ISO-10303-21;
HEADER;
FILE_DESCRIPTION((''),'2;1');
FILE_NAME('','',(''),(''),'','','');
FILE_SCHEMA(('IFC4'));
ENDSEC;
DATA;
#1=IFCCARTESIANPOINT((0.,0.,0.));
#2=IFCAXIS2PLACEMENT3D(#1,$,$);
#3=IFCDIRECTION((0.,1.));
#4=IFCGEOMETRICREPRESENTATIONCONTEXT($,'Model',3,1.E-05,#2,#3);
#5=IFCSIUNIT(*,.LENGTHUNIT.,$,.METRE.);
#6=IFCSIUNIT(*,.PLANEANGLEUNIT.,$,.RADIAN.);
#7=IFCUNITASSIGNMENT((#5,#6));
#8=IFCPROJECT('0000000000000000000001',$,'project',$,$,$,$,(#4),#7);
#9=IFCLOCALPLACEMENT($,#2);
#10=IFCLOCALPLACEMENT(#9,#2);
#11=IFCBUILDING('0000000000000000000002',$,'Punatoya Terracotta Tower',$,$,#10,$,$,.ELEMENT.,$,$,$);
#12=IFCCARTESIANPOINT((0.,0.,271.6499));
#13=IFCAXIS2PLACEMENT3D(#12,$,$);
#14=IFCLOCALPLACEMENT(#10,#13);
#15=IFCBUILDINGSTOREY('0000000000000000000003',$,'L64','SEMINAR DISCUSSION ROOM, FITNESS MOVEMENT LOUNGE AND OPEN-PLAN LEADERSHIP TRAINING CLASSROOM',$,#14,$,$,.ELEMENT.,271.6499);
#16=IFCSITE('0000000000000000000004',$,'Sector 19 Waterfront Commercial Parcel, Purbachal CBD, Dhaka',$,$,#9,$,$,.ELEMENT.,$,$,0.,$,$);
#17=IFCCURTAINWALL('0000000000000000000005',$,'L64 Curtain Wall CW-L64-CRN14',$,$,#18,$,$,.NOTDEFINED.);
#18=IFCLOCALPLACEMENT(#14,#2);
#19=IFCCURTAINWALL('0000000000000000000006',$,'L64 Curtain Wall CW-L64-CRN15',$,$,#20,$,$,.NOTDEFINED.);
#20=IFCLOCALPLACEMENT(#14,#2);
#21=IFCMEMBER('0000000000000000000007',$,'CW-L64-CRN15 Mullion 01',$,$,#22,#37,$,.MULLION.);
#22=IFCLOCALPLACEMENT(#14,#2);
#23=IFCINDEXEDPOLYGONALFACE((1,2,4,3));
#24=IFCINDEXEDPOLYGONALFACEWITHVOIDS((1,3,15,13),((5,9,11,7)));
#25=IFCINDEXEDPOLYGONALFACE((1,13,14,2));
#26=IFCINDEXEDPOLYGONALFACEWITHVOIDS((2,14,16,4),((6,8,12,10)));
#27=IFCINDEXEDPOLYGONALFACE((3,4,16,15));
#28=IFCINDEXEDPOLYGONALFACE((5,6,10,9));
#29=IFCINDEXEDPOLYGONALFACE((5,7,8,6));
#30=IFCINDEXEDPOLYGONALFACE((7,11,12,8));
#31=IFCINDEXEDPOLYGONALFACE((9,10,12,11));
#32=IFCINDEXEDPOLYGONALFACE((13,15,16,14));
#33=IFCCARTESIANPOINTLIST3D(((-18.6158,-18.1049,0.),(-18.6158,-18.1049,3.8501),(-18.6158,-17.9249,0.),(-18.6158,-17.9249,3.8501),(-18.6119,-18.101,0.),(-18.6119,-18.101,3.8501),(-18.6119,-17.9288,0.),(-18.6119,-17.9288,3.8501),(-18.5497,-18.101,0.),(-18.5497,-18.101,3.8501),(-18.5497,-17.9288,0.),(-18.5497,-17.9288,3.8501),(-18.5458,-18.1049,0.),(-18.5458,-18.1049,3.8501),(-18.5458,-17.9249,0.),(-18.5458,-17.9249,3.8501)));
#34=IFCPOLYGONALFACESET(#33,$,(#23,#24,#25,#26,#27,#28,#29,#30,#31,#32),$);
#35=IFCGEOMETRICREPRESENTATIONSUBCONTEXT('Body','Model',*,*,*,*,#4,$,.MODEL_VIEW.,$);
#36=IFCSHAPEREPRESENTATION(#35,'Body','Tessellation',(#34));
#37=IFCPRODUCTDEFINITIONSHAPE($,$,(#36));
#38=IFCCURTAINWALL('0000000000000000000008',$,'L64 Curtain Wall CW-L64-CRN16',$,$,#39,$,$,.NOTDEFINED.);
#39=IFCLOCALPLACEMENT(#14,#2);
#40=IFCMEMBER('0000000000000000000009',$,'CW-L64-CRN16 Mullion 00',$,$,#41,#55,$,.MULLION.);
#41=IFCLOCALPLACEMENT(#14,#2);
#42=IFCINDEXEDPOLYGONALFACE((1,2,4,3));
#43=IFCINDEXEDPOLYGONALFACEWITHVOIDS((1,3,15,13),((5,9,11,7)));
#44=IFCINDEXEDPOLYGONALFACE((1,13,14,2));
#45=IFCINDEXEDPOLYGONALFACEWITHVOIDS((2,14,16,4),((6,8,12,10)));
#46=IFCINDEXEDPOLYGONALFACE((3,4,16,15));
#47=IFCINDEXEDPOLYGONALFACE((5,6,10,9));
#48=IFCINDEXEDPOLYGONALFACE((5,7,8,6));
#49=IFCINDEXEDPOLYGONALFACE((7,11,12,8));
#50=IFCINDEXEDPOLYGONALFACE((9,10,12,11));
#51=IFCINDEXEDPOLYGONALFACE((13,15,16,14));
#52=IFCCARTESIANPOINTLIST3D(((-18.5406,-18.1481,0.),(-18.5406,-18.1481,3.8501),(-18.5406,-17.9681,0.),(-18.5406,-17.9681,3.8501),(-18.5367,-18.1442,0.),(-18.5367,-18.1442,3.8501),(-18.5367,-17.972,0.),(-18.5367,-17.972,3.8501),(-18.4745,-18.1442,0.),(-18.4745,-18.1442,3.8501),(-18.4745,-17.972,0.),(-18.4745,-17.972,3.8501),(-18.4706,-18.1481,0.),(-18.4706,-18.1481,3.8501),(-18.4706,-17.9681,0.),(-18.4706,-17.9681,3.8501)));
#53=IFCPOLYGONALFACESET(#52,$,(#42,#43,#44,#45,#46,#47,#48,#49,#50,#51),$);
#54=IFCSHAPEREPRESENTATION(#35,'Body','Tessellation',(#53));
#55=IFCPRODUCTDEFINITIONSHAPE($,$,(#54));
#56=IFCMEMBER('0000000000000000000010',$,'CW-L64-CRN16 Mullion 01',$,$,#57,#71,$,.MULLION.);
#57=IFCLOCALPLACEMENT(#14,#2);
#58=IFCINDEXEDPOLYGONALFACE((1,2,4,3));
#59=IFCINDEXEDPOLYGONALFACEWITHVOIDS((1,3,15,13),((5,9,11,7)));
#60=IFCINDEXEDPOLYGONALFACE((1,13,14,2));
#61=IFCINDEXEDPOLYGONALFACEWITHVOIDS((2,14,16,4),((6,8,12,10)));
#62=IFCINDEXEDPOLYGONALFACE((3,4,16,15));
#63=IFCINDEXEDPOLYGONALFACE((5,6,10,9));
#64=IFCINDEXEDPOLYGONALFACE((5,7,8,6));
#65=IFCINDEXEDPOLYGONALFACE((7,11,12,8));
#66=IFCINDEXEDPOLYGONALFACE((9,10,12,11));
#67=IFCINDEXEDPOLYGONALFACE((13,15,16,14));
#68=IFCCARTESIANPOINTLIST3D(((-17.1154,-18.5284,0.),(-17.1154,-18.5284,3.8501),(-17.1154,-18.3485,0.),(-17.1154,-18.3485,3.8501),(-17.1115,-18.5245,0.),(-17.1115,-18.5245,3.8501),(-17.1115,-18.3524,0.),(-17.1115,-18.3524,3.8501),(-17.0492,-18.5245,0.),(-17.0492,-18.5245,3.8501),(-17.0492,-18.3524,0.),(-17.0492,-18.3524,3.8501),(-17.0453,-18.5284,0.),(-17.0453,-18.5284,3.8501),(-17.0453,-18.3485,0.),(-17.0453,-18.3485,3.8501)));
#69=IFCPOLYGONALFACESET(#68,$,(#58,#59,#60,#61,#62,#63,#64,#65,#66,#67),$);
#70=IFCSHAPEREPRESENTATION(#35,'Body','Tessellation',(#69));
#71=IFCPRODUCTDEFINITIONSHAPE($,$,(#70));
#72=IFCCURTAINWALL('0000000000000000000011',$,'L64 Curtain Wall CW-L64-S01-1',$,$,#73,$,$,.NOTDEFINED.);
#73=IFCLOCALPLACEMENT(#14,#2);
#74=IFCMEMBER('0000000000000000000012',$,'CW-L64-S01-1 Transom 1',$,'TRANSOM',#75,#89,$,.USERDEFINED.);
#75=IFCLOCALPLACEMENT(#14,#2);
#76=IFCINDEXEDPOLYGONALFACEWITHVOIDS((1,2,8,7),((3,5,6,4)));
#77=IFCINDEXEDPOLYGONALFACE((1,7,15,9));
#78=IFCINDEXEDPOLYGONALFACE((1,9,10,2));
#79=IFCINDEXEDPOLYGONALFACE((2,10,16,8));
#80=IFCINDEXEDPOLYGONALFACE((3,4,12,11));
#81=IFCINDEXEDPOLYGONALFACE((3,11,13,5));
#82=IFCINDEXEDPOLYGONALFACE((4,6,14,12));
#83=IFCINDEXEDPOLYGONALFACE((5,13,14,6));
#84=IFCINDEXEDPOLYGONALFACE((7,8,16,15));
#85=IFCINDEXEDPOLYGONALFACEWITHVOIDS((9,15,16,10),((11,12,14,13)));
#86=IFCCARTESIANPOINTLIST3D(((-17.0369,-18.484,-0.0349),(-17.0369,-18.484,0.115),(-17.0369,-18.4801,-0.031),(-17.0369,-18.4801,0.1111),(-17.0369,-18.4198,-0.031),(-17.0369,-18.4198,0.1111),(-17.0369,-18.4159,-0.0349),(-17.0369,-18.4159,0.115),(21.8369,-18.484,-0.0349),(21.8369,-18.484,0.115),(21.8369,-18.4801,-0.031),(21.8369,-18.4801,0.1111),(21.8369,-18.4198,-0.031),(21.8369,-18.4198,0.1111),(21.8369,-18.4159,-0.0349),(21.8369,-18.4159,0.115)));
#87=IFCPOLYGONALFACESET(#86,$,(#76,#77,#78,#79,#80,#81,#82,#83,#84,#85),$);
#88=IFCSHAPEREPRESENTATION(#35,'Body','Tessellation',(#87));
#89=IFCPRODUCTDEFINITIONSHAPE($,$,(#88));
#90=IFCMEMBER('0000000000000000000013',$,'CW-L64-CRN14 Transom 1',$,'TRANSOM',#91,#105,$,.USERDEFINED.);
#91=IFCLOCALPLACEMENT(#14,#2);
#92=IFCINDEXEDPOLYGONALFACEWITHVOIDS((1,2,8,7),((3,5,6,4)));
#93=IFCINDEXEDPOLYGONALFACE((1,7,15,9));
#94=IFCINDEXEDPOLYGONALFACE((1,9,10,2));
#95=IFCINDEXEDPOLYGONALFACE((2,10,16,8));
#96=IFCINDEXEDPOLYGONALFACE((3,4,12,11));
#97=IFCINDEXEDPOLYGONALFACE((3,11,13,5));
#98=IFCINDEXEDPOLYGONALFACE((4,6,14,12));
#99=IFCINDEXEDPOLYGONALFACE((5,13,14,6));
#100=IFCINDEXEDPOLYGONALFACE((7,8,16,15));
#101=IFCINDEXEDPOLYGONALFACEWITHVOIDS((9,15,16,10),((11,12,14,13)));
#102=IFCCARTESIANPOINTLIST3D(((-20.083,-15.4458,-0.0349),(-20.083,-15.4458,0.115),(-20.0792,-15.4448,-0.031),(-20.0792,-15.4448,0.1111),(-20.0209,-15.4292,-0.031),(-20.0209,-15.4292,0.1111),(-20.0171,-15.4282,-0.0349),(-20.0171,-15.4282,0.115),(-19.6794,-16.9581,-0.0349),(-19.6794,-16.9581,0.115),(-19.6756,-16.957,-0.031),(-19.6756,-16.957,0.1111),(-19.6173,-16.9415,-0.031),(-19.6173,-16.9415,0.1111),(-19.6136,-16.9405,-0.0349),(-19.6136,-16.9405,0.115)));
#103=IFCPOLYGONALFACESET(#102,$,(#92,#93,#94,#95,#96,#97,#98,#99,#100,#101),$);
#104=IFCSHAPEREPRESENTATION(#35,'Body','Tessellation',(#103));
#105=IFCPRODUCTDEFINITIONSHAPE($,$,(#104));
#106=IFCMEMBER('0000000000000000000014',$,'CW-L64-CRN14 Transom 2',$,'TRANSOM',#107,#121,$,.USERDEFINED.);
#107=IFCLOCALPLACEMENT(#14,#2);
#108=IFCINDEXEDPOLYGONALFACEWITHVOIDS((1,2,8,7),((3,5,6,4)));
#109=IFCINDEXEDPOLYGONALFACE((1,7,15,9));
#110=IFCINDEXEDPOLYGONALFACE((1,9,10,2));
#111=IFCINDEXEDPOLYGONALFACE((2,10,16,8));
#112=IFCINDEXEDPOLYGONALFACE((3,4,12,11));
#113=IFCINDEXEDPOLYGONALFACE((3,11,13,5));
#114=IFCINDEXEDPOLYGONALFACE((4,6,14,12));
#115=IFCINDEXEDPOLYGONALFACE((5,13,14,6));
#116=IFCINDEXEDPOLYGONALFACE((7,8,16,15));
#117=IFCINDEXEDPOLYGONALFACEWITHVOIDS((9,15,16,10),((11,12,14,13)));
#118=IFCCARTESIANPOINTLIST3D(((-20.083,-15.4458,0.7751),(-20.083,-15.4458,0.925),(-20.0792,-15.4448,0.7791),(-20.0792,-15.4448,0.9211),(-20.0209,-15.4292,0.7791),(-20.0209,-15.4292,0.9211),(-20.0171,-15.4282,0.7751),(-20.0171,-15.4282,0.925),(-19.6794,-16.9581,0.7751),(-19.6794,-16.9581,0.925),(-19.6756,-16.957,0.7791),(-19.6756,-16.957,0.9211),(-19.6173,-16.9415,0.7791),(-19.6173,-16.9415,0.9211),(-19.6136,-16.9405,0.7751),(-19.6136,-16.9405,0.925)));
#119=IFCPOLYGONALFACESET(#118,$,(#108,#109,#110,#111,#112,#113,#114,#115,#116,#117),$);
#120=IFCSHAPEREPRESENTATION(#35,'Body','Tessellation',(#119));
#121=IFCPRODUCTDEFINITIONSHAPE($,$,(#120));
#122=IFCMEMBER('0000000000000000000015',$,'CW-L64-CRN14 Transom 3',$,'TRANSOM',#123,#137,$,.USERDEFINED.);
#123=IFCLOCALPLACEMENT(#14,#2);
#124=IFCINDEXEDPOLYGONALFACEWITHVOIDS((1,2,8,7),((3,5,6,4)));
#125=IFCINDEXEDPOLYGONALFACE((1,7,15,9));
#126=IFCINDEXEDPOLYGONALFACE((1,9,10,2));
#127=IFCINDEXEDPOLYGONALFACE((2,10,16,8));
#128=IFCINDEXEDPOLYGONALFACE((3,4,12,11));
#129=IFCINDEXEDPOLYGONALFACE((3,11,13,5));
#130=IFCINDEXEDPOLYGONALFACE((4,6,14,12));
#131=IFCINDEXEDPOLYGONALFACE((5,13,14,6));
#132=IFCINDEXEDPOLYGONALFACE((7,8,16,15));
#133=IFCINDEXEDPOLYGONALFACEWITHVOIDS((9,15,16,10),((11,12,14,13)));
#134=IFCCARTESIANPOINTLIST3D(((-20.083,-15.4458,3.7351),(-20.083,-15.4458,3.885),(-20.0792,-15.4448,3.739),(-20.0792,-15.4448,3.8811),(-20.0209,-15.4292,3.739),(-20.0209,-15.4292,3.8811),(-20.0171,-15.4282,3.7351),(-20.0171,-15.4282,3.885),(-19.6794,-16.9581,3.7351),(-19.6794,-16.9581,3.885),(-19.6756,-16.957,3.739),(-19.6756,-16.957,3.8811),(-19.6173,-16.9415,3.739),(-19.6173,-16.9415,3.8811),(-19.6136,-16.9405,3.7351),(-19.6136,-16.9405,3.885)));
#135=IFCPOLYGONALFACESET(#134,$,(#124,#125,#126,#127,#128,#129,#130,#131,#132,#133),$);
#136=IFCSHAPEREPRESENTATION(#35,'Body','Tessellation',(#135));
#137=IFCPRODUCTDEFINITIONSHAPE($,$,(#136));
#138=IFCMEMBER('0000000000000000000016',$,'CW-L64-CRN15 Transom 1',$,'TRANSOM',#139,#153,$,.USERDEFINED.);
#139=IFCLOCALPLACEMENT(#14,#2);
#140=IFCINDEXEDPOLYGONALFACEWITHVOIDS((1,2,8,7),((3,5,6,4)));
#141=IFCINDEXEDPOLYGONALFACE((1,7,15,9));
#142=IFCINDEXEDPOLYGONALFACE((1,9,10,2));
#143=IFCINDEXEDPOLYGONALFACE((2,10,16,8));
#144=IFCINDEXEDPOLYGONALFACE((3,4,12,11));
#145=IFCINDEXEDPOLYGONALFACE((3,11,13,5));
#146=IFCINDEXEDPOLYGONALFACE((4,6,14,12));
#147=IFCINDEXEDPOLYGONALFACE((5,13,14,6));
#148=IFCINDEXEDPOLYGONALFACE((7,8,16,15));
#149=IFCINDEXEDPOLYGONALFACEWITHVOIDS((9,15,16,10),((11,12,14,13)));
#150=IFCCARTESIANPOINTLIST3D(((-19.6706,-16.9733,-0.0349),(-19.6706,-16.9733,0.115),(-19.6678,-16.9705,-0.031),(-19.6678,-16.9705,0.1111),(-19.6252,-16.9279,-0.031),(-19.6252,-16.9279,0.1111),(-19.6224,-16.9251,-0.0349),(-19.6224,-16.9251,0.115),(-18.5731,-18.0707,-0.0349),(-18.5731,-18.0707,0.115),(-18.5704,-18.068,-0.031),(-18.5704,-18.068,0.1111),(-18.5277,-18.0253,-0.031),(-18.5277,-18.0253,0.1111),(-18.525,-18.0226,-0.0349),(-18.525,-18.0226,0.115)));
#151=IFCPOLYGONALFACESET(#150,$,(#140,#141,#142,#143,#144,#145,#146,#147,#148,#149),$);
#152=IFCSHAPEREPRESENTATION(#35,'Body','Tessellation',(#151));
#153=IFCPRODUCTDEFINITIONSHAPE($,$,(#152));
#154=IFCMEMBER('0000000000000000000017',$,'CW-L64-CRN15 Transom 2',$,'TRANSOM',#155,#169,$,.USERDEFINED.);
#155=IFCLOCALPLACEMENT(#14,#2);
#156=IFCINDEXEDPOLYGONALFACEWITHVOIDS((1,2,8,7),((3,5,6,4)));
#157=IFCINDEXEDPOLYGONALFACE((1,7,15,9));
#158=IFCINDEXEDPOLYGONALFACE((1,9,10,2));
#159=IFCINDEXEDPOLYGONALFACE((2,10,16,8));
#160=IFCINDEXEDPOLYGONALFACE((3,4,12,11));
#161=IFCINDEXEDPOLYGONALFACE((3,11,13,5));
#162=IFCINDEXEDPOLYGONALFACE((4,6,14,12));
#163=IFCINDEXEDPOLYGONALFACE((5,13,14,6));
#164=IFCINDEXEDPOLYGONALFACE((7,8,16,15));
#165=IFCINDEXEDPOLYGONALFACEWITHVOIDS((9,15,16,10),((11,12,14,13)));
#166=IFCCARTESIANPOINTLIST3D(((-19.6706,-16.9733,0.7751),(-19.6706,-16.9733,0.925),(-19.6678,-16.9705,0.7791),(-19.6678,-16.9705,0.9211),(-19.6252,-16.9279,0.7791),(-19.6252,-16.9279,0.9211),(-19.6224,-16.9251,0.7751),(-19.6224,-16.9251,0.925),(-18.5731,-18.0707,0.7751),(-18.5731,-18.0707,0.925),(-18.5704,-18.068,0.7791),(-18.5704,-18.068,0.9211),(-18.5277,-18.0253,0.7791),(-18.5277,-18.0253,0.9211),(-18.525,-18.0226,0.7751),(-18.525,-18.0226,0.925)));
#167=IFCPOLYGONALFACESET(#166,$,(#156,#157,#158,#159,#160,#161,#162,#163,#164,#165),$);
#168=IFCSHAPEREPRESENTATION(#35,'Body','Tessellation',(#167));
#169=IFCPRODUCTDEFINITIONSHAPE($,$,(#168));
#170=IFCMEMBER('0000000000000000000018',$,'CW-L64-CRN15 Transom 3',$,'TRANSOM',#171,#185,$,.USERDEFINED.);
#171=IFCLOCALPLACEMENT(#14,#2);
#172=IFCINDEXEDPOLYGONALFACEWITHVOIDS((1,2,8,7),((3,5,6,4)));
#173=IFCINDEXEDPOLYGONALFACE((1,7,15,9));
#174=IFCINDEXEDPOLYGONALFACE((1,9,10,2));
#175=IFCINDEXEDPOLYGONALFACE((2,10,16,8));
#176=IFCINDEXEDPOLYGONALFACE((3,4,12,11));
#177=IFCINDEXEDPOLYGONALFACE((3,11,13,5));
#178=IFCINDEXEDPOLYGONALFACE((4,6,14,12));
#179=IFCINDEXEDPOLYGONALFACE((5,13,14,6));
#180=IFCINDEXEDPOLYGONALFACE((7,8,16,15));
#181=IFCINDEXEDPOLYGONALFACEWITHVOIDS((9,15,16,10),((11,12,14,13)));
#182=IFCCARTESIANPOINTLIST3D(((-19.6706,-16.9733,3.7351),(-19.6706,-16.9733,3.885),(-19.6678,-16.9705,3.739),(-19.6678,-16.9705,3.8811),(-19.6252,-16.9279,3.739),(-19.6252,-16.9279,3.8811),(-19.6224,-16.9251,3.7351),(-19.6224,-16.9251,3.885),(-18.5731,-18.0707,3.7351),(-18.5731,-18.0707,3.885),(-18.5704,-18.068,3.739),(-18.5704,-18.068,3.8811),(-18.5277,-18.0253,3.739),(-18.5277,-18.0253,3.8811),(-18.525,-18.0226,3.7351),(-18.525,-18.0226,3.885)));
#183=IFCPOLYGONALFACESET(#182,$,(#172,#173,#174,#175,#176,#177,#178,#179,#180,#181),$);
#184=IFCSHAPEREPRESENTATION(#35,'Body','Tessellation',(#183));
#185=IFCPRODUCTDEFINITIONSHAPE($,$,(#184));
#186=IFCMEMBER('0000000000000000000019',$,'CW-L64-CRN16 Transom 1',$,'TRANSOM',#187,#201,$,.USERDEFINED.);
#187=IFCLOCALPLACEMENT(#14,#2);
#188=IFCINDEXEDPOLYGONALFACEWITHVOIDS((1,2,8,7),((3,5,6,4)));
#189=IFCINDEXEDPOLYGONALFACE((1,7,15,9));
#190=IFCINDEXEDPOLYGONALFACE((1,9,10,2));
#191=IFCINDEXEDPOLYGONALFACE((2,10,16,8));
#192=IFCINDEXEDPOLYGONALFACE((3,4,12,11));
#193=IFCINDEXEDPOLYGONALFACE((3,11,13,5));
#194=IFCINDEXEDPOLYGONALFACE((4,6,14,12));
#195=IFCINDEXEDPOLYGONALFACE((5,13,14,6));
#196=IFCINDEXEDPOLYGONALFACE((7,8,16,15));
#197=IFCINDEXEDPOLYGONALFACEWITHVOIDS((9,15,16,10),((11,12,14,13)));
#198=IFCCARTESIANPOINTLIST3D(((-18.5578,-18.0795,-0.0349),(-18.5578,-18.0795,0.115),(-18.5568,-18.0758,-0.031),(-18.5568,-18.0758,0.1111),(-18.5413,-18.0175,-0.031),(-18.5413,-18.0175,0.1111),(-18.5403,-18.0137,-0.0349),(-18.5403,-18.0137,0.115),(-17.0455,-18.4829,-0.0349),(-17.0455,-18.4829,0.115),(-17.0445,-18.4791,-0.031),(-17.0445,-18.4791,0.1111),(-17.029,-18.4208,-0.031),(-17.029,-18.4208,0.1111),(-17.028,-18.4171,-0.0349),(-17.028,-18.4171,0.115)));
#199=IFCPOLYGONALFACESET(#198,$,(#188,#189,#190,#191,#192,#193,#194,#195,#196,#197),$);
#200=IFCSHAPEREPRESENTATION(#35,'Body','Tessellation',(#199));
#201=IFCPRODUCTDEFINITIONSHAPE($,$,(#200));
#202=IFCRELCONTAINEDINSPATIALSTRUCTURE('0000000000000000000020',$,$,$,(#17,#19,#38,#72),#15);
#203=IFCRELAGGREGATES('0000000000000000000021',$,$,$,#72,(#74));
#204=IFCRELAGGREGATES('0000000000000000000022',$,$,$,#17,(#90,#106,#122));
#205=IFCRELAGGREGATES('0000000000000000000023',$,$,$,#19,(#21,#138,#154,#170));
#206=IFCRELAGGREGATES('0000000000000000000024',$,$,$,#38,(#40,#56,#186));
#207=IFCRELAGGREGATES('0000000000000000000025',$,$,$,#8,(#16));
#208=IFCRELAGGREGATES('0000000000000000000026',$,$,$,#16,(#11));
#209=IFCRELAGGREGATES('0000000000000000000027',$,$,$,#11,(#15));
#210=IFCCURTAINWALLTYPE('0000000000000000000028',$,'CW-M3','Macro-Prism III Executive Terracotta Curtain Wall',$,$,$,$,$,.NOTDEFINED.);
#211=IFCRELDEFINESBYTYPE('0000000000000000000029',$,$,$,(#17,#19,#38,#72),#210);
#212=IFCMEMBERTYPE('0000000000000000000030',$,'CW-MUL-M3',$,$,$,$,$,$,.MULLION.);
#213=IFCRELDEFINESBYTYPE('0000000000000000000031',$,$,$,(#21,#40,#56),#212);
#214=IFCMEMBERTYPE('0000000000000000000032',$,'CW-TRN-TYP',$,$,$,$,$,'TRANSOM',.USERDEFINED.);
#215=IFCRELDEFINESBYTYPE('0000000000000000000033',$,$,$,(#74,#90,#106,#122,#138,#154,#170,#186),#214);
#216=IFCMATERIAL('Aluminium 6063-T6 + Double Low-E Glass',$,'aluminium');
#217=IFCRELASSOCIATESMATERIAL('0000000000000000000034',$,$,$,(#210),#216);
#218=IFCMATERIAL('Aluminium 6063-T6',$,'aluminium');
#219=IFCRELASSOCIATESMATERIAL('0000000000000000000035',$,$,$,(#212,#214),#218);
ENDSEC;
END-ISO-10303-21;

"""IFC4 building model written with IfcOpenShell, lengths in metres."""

from ifc_helpers import new_model, si_unit, direction, frame, origin, origin_2d, place, context, subcontext, project, spatial, hollow_rectangle, extrude, material, material_profile, profile_set, type_object, element, aggregate, save


model = new_model("IFC4")

# Units and contexts
model_context = context("Model", 3, precision=1e-05, world=origin(), true_north=direction((0.0, 1.0)))
body_context = subcontext(model_context, "Body", "Model", "MODEL_VIEW")
ifc_project = project(units=[si_unit("LENGTHUNIT", "METRE"), si_unit("PLANEANGLEUNIT", "RADIAN")], contexts=[model_context])

# Site, building, storey
site_placement = place(None, origin())
site = spatial("IfcSite", under=ifc_project, at=site_placement, Name="Sector 19 Waterfront Commercial Parcel, Purbachal CBD, Dhaka", CompositionType="ELEMENT", RefElevation=0.0)
building_placement = place(site_placement, origin())
building = spatial("IfcBuilding", under=site, at=building_placement, Name="Punatoya Terracotta Tower", CompositionType="ELEMENT")
storey_placement = place(building_placement, frame((0.0, 0.0, 271.6499)))
storey = spatial("IfcBuildingStorey", under=building, at=storey_placement, Name="L64", Description="SEMINAR DISCUSSION ROOM, FITNESS MOVEMENT LOUNGE AND OPEN-PLAN LEADERSHIP TRAINING CLASSROOM", CompositionType="ELEMENT", Elevation=271.6499)

# Shared definitions
ifc_material_1 = material(Name="Aluminium 6063-T6 + Double Low-E Glass", Category="aluminium")
curtain_wall_type = type_object("IfcCurtainWallType", Name="CW-M3", Description="Macro-Prism III Executive Terracotta Curtain Wall", PredefinedType="NOTDEFINED", material=ifc_material_1)
ifc_material_2 = material(Name="Aluminium 6063-T6", Category="aluminium")
ifc_material_profile_1 = material_profile(ifc_material_2, hollow_rectangle(XDim=0.0701, YDim=0.1799, WallThickness=0.0039, at=origin_2d()))
ifc_profile_set_1 = profile_set([ifc_material_profile_1], Name="Aluminium 6063-T6")
member_type_1 = type_object("IfcMemberType", Name="CW-MUL-M3", PredefinedType="MULLION", material=ifc_profile_set_1)

# Curtain walls, members
curtain_wall_1_placement = place(storey_placement, origin())
curtain_wall_1 = element("IfcCurtainWall", 1, at=curtain_wall_1_placement, inside=storey, type_object=curtain_wall_type, Name="L64 Curtain Wall CW-L64-CRN14", PredefinedType="NOTDEFINED")
curtain_wall_2_placement = place(storey_placement, origin())
curtain_wall_2 = element("IfcCurtainWall", 2, at=curtain_wall_2_placement, inside=storey, type_object=curtain_wall_type, Name="L64 Curtain Wall CW-L64-CRN15", PredefinedType="NOTDEFINED")
member_1_placement = place(storey_placement, frame((-18.5808, -18.0149, 0.0), z_axis=(0.0, 0.0, 1.0), x_axis=(1.0, 0.0, 0.0)))
member_1 = element("IfcMember", 3, at=member_1_placement, type_object=member_type_1, Name="CW-L64-CRN15 Mullion 01", PredefinedType="MULLION", context=body_context, shape_type="SweptSolid", body=[
    extrude(hollow_rectangle(XDim=0.0701, YDim=0.1799, WallThickness=0.0039, at=origin_2d()), origin(), (0.0, 0.0, 1.0), 3.8501),
])
curtain_wall_3_placement = place(storey_placement, origin())
curtain_wall_3 = element("IfcCurtainWall", 4, at=curtain_wall_3_placement, inside=storey, type_object=curtain_wall_type, Name="L64 Curtain Wall CW-L64-CRN16", PredefinedType="NOTDEFINED")
member_2_placement = place(storey_placement, frame((-18.5056, -18.0581, 0.0), z_axis=(0.0, 0.0, 1.0), x_axis=(1.0, 0.0, 0.0)))
member_2 = element("IfcMember", 5, at=member_2_placement, type_object=member_type_1, Name="CW-L64-CRN16 Mullion 00", PredefinedType="MULLION", context=body_context, shape_type="SweptSolid", body=[
    extrude(hollow_rectangle(XDim=0.0701, YDim=0.1799, WallThickness=0.0039, at=origin_2d()), origin(), (0.0, 0.0, 1.0), 3.8501),
])
member_3_placement = place(storey_placement, frame((-17.0803, -18.4385, 0.0), z_axis=(0.0, 0.0, 1.0), x_axis=(1.0, 0.0, 0.0)))
member_3 = element("IfcMember", 6, at=member_3_placement, type_object=member_type_1, Name="CW-L64-CRN16 Mullion 01", PredefinedType="MULLION", context=body_context, shape_type="SweptSolid", body=[
    extrude(hollow_rectangle(XDim=0.0701, YDim=0.1799, WallThickness=0.0039, at=origin_2d()), origin(), (0.0, 0.0, 1.0), 3.8501),
])

# Curtain wall, member
curtain_wall_4_placement = place(storey_placement, origin())
curtain_wall_4 = element("IfcCurtainWall", 7, at=curtain_wall_4_placement, inside=storey, type_object=curtain_wall_type, Name="L64 Curtain Wall CW-L64-S01-1", PredefinedType="NOTDEFINED")
ifc_material_profile_2 = material_profile(ifc_material_2, hollow_rectangle(XDim=0.0681, YDim=0.1499, WallThickness=0.0039, at=origin_2d()))
ifc_profile_set_2 = profile_set([ifc_material_profile_2], Name="Aluminium 6063-T6")
member_type_2 = type_object("IfcMemberType", Name="CW-TRN-TYP", ElementType="TRANSOM", PredefinedType="USERDEFINED", material=ifc_profile_set_2)
member_4_placement = place(storey_placement, frame((-17.0369, -18.45, 0.04), z_axis=(1.0, 0.0, 0.0), x_axis=(0.0, 1.0, 0.0)))
member_4 = element("IfcMember", 8, at=member_4_placement, type_object=member_type_2, Name="CW-L64-S01-1 Transom 1", ObjectType="TRANSOM", PredefinedType="USERDEFINED", context=body_context, shape_type="SweptSolid", body=[
    extrude(hollow_rectangle(XDim=0.0681, YDim=0.1499, WallThickness=0.0039, at=origin_2d()), origin(), (0.0, 0.0, 1.0), 38.8738),
])
aggregate(curtain_wall_4, [member_4])

# Members
member_5_placement = place(storey_placement, frame((-20.05, -15.437, 0.04), z_axis=(0.257847, -0.966186, 0.0), x_axis=(0.966186, 0.257847, 0.0)))
member_5 = element("IfcMember", 9, at=member_5_placement, type_object=member_type_2, Name="CW-L64-CRN14 Transom 1", ObjectType="TRANSOM", PredefinedType="USERDEFINED", context=body_context, shape_type="SweptSolid", body=[
    extrude(hollow_rectangle(XDim=0.0681, YDim=0.1499, WallThickness=0.0039, at=origin_2d()), origin(), (0.0, 0.0, 1.0), 1.5652),
])
member_6_placement = place(storey_placement, frame((-20.05, -15.437, 0.8501), z_axis=(0.257847, -0.966186, 0.0), x_axis=(0.966186, 0.257847, 0.0)))
member_6 = element("IfcMember", 10, at=member_6_placement, type_object=member_type_2, Name="CW-L64-CRN14 Transom 2", ObjectType="TRANSOM", PredefinedType="USERDEFINED", context=body_context, shape_type="SweptSolid", body=[
    extrude(hollow_rectangle(XDim=0.0681, YDim=0.1499, WallThickness=0.0039, at=origin_2d()), origin(), (0.0, 0.0, 1.0), 1.5652),
])
member_7_placement = place(storey_placement, frame((-20.05, -15.437, 3.8101), z_axis=(0.257847, -0.966186, 0.0), x_axis=(0.966186, 0.257847, 0.0)))
member_7 = element("IfcMember", 11, at=member_7_placement, type_object=member_type_2, Name="CW-L64-CRN14 Transom 3", ObjectType="TRANSOM", PredefinedType="USERDEFINED", context=body_context, shape_type="SweptSolid", body=[
    extrude(hollow_rectangle(XDim=0.0681, YDim=0.1499, WallThickness=0.0039, at=origin_2d()), origin(), (0.0, 0.0, 1.0), 1.5652),
])
member_8_placement = place(storey_placement, frame((-19.6465, -16.9492, 0.04), z_axis=(0.707107, -0.707107, 0.0), x_axis=(0.707107, 0.707107, 0.0)))
member_8 = element("IfcMember", 12, at=member_8_placement, type_object=member_type_2, Name="CW-L64-CRN15 Transom 1", ObjectType="TRANSOM", PredefinedType="USERDEFINED", context=body_context, shape_type="SweptSolid", body=[
    extrude(hollow_rectangle(XDim=0.0681, YDim=0.1499, WallThickness=0.0039, at=origin_2d()), origin(), (0.0, 0.0, 1.0), 1.552),
])
member_9_placement = place(storey_placement, frame((-19.6465, -16.9492, 0.8501), z_axis=(0.707107, -0.707107, 0.0), x_axis=(0.707107, 0.707107, 0.0)))
member_9 = element("IfcMember", 13, at=member_9_placement, type_object=member_type_2, Name="CW-L64-CRN15 Transom 2", ObjectType="TRANSOM", PredefinedType="USERDEFINED", context=body_context, shape_type="SweptSolid", body=[
    extrude(hollow_rectangle(XDim=0.0681, YDim=0.1499, WallThickness=0.0039, at=origin_2d()), origin(), (0.0, 0.0, 1.0), 1.552),
])
member_10_placement = place(storey_placement, frame((-19.6465, -16.9492, 3.8101), z_axis=(0.707107, -0.707107, 0.0), x_axis=(0.707107, 0.707107, 0.0)))
member_10 = element("IfcMember", 14, at=member_10_placement, type_object=member_type_2, Name="CW-L64-CRN15 Transom 3", ObjectType="TRANSOM", PredefinedType="USERDEFINED", context=body_context, shape_type="SweptSolid", body=[
    extrude(hollow_rectangle(XDim=0.0681, YDim=0.1499, WallThickness=0.0039, at=origin_2d()), origin(), (0.0, 0.0, 1.0), 1.552),
])
member_11_placement = place(storey_placement, frame((-18.5491, -18.0466, 0.04), z_axis=(0.966225, -0.257701, 0.0), x_axis=(0.257701, 0.966225, 0.0)))
member_11 = element("IfcMember", 15, at=member_11_placement, type_object=member_type_2, Name="CW-L64-CRN16 Transom 1", ObjectType="TRANSOM", PredefinedType="USERDEFINED", context=body_context, shape_type="SweptSolid", body=[
    extrude(hollow_rectangle(XDim=0.0681, YDim=0.1499, WallThickness=0.0039, at=origin_2d()), origin(), (0.0, 0.0, 1.0), 1.5652),
])

aggregate(curtain_wall_1, [member_5, member_6, member_7])
aggregate(curtain_wall_2, [member_1, member_8, member_9, member_10])
aggregate(curtain_wall_3, [member_2, member_3, member_11])

save(model, "model.ifc")
